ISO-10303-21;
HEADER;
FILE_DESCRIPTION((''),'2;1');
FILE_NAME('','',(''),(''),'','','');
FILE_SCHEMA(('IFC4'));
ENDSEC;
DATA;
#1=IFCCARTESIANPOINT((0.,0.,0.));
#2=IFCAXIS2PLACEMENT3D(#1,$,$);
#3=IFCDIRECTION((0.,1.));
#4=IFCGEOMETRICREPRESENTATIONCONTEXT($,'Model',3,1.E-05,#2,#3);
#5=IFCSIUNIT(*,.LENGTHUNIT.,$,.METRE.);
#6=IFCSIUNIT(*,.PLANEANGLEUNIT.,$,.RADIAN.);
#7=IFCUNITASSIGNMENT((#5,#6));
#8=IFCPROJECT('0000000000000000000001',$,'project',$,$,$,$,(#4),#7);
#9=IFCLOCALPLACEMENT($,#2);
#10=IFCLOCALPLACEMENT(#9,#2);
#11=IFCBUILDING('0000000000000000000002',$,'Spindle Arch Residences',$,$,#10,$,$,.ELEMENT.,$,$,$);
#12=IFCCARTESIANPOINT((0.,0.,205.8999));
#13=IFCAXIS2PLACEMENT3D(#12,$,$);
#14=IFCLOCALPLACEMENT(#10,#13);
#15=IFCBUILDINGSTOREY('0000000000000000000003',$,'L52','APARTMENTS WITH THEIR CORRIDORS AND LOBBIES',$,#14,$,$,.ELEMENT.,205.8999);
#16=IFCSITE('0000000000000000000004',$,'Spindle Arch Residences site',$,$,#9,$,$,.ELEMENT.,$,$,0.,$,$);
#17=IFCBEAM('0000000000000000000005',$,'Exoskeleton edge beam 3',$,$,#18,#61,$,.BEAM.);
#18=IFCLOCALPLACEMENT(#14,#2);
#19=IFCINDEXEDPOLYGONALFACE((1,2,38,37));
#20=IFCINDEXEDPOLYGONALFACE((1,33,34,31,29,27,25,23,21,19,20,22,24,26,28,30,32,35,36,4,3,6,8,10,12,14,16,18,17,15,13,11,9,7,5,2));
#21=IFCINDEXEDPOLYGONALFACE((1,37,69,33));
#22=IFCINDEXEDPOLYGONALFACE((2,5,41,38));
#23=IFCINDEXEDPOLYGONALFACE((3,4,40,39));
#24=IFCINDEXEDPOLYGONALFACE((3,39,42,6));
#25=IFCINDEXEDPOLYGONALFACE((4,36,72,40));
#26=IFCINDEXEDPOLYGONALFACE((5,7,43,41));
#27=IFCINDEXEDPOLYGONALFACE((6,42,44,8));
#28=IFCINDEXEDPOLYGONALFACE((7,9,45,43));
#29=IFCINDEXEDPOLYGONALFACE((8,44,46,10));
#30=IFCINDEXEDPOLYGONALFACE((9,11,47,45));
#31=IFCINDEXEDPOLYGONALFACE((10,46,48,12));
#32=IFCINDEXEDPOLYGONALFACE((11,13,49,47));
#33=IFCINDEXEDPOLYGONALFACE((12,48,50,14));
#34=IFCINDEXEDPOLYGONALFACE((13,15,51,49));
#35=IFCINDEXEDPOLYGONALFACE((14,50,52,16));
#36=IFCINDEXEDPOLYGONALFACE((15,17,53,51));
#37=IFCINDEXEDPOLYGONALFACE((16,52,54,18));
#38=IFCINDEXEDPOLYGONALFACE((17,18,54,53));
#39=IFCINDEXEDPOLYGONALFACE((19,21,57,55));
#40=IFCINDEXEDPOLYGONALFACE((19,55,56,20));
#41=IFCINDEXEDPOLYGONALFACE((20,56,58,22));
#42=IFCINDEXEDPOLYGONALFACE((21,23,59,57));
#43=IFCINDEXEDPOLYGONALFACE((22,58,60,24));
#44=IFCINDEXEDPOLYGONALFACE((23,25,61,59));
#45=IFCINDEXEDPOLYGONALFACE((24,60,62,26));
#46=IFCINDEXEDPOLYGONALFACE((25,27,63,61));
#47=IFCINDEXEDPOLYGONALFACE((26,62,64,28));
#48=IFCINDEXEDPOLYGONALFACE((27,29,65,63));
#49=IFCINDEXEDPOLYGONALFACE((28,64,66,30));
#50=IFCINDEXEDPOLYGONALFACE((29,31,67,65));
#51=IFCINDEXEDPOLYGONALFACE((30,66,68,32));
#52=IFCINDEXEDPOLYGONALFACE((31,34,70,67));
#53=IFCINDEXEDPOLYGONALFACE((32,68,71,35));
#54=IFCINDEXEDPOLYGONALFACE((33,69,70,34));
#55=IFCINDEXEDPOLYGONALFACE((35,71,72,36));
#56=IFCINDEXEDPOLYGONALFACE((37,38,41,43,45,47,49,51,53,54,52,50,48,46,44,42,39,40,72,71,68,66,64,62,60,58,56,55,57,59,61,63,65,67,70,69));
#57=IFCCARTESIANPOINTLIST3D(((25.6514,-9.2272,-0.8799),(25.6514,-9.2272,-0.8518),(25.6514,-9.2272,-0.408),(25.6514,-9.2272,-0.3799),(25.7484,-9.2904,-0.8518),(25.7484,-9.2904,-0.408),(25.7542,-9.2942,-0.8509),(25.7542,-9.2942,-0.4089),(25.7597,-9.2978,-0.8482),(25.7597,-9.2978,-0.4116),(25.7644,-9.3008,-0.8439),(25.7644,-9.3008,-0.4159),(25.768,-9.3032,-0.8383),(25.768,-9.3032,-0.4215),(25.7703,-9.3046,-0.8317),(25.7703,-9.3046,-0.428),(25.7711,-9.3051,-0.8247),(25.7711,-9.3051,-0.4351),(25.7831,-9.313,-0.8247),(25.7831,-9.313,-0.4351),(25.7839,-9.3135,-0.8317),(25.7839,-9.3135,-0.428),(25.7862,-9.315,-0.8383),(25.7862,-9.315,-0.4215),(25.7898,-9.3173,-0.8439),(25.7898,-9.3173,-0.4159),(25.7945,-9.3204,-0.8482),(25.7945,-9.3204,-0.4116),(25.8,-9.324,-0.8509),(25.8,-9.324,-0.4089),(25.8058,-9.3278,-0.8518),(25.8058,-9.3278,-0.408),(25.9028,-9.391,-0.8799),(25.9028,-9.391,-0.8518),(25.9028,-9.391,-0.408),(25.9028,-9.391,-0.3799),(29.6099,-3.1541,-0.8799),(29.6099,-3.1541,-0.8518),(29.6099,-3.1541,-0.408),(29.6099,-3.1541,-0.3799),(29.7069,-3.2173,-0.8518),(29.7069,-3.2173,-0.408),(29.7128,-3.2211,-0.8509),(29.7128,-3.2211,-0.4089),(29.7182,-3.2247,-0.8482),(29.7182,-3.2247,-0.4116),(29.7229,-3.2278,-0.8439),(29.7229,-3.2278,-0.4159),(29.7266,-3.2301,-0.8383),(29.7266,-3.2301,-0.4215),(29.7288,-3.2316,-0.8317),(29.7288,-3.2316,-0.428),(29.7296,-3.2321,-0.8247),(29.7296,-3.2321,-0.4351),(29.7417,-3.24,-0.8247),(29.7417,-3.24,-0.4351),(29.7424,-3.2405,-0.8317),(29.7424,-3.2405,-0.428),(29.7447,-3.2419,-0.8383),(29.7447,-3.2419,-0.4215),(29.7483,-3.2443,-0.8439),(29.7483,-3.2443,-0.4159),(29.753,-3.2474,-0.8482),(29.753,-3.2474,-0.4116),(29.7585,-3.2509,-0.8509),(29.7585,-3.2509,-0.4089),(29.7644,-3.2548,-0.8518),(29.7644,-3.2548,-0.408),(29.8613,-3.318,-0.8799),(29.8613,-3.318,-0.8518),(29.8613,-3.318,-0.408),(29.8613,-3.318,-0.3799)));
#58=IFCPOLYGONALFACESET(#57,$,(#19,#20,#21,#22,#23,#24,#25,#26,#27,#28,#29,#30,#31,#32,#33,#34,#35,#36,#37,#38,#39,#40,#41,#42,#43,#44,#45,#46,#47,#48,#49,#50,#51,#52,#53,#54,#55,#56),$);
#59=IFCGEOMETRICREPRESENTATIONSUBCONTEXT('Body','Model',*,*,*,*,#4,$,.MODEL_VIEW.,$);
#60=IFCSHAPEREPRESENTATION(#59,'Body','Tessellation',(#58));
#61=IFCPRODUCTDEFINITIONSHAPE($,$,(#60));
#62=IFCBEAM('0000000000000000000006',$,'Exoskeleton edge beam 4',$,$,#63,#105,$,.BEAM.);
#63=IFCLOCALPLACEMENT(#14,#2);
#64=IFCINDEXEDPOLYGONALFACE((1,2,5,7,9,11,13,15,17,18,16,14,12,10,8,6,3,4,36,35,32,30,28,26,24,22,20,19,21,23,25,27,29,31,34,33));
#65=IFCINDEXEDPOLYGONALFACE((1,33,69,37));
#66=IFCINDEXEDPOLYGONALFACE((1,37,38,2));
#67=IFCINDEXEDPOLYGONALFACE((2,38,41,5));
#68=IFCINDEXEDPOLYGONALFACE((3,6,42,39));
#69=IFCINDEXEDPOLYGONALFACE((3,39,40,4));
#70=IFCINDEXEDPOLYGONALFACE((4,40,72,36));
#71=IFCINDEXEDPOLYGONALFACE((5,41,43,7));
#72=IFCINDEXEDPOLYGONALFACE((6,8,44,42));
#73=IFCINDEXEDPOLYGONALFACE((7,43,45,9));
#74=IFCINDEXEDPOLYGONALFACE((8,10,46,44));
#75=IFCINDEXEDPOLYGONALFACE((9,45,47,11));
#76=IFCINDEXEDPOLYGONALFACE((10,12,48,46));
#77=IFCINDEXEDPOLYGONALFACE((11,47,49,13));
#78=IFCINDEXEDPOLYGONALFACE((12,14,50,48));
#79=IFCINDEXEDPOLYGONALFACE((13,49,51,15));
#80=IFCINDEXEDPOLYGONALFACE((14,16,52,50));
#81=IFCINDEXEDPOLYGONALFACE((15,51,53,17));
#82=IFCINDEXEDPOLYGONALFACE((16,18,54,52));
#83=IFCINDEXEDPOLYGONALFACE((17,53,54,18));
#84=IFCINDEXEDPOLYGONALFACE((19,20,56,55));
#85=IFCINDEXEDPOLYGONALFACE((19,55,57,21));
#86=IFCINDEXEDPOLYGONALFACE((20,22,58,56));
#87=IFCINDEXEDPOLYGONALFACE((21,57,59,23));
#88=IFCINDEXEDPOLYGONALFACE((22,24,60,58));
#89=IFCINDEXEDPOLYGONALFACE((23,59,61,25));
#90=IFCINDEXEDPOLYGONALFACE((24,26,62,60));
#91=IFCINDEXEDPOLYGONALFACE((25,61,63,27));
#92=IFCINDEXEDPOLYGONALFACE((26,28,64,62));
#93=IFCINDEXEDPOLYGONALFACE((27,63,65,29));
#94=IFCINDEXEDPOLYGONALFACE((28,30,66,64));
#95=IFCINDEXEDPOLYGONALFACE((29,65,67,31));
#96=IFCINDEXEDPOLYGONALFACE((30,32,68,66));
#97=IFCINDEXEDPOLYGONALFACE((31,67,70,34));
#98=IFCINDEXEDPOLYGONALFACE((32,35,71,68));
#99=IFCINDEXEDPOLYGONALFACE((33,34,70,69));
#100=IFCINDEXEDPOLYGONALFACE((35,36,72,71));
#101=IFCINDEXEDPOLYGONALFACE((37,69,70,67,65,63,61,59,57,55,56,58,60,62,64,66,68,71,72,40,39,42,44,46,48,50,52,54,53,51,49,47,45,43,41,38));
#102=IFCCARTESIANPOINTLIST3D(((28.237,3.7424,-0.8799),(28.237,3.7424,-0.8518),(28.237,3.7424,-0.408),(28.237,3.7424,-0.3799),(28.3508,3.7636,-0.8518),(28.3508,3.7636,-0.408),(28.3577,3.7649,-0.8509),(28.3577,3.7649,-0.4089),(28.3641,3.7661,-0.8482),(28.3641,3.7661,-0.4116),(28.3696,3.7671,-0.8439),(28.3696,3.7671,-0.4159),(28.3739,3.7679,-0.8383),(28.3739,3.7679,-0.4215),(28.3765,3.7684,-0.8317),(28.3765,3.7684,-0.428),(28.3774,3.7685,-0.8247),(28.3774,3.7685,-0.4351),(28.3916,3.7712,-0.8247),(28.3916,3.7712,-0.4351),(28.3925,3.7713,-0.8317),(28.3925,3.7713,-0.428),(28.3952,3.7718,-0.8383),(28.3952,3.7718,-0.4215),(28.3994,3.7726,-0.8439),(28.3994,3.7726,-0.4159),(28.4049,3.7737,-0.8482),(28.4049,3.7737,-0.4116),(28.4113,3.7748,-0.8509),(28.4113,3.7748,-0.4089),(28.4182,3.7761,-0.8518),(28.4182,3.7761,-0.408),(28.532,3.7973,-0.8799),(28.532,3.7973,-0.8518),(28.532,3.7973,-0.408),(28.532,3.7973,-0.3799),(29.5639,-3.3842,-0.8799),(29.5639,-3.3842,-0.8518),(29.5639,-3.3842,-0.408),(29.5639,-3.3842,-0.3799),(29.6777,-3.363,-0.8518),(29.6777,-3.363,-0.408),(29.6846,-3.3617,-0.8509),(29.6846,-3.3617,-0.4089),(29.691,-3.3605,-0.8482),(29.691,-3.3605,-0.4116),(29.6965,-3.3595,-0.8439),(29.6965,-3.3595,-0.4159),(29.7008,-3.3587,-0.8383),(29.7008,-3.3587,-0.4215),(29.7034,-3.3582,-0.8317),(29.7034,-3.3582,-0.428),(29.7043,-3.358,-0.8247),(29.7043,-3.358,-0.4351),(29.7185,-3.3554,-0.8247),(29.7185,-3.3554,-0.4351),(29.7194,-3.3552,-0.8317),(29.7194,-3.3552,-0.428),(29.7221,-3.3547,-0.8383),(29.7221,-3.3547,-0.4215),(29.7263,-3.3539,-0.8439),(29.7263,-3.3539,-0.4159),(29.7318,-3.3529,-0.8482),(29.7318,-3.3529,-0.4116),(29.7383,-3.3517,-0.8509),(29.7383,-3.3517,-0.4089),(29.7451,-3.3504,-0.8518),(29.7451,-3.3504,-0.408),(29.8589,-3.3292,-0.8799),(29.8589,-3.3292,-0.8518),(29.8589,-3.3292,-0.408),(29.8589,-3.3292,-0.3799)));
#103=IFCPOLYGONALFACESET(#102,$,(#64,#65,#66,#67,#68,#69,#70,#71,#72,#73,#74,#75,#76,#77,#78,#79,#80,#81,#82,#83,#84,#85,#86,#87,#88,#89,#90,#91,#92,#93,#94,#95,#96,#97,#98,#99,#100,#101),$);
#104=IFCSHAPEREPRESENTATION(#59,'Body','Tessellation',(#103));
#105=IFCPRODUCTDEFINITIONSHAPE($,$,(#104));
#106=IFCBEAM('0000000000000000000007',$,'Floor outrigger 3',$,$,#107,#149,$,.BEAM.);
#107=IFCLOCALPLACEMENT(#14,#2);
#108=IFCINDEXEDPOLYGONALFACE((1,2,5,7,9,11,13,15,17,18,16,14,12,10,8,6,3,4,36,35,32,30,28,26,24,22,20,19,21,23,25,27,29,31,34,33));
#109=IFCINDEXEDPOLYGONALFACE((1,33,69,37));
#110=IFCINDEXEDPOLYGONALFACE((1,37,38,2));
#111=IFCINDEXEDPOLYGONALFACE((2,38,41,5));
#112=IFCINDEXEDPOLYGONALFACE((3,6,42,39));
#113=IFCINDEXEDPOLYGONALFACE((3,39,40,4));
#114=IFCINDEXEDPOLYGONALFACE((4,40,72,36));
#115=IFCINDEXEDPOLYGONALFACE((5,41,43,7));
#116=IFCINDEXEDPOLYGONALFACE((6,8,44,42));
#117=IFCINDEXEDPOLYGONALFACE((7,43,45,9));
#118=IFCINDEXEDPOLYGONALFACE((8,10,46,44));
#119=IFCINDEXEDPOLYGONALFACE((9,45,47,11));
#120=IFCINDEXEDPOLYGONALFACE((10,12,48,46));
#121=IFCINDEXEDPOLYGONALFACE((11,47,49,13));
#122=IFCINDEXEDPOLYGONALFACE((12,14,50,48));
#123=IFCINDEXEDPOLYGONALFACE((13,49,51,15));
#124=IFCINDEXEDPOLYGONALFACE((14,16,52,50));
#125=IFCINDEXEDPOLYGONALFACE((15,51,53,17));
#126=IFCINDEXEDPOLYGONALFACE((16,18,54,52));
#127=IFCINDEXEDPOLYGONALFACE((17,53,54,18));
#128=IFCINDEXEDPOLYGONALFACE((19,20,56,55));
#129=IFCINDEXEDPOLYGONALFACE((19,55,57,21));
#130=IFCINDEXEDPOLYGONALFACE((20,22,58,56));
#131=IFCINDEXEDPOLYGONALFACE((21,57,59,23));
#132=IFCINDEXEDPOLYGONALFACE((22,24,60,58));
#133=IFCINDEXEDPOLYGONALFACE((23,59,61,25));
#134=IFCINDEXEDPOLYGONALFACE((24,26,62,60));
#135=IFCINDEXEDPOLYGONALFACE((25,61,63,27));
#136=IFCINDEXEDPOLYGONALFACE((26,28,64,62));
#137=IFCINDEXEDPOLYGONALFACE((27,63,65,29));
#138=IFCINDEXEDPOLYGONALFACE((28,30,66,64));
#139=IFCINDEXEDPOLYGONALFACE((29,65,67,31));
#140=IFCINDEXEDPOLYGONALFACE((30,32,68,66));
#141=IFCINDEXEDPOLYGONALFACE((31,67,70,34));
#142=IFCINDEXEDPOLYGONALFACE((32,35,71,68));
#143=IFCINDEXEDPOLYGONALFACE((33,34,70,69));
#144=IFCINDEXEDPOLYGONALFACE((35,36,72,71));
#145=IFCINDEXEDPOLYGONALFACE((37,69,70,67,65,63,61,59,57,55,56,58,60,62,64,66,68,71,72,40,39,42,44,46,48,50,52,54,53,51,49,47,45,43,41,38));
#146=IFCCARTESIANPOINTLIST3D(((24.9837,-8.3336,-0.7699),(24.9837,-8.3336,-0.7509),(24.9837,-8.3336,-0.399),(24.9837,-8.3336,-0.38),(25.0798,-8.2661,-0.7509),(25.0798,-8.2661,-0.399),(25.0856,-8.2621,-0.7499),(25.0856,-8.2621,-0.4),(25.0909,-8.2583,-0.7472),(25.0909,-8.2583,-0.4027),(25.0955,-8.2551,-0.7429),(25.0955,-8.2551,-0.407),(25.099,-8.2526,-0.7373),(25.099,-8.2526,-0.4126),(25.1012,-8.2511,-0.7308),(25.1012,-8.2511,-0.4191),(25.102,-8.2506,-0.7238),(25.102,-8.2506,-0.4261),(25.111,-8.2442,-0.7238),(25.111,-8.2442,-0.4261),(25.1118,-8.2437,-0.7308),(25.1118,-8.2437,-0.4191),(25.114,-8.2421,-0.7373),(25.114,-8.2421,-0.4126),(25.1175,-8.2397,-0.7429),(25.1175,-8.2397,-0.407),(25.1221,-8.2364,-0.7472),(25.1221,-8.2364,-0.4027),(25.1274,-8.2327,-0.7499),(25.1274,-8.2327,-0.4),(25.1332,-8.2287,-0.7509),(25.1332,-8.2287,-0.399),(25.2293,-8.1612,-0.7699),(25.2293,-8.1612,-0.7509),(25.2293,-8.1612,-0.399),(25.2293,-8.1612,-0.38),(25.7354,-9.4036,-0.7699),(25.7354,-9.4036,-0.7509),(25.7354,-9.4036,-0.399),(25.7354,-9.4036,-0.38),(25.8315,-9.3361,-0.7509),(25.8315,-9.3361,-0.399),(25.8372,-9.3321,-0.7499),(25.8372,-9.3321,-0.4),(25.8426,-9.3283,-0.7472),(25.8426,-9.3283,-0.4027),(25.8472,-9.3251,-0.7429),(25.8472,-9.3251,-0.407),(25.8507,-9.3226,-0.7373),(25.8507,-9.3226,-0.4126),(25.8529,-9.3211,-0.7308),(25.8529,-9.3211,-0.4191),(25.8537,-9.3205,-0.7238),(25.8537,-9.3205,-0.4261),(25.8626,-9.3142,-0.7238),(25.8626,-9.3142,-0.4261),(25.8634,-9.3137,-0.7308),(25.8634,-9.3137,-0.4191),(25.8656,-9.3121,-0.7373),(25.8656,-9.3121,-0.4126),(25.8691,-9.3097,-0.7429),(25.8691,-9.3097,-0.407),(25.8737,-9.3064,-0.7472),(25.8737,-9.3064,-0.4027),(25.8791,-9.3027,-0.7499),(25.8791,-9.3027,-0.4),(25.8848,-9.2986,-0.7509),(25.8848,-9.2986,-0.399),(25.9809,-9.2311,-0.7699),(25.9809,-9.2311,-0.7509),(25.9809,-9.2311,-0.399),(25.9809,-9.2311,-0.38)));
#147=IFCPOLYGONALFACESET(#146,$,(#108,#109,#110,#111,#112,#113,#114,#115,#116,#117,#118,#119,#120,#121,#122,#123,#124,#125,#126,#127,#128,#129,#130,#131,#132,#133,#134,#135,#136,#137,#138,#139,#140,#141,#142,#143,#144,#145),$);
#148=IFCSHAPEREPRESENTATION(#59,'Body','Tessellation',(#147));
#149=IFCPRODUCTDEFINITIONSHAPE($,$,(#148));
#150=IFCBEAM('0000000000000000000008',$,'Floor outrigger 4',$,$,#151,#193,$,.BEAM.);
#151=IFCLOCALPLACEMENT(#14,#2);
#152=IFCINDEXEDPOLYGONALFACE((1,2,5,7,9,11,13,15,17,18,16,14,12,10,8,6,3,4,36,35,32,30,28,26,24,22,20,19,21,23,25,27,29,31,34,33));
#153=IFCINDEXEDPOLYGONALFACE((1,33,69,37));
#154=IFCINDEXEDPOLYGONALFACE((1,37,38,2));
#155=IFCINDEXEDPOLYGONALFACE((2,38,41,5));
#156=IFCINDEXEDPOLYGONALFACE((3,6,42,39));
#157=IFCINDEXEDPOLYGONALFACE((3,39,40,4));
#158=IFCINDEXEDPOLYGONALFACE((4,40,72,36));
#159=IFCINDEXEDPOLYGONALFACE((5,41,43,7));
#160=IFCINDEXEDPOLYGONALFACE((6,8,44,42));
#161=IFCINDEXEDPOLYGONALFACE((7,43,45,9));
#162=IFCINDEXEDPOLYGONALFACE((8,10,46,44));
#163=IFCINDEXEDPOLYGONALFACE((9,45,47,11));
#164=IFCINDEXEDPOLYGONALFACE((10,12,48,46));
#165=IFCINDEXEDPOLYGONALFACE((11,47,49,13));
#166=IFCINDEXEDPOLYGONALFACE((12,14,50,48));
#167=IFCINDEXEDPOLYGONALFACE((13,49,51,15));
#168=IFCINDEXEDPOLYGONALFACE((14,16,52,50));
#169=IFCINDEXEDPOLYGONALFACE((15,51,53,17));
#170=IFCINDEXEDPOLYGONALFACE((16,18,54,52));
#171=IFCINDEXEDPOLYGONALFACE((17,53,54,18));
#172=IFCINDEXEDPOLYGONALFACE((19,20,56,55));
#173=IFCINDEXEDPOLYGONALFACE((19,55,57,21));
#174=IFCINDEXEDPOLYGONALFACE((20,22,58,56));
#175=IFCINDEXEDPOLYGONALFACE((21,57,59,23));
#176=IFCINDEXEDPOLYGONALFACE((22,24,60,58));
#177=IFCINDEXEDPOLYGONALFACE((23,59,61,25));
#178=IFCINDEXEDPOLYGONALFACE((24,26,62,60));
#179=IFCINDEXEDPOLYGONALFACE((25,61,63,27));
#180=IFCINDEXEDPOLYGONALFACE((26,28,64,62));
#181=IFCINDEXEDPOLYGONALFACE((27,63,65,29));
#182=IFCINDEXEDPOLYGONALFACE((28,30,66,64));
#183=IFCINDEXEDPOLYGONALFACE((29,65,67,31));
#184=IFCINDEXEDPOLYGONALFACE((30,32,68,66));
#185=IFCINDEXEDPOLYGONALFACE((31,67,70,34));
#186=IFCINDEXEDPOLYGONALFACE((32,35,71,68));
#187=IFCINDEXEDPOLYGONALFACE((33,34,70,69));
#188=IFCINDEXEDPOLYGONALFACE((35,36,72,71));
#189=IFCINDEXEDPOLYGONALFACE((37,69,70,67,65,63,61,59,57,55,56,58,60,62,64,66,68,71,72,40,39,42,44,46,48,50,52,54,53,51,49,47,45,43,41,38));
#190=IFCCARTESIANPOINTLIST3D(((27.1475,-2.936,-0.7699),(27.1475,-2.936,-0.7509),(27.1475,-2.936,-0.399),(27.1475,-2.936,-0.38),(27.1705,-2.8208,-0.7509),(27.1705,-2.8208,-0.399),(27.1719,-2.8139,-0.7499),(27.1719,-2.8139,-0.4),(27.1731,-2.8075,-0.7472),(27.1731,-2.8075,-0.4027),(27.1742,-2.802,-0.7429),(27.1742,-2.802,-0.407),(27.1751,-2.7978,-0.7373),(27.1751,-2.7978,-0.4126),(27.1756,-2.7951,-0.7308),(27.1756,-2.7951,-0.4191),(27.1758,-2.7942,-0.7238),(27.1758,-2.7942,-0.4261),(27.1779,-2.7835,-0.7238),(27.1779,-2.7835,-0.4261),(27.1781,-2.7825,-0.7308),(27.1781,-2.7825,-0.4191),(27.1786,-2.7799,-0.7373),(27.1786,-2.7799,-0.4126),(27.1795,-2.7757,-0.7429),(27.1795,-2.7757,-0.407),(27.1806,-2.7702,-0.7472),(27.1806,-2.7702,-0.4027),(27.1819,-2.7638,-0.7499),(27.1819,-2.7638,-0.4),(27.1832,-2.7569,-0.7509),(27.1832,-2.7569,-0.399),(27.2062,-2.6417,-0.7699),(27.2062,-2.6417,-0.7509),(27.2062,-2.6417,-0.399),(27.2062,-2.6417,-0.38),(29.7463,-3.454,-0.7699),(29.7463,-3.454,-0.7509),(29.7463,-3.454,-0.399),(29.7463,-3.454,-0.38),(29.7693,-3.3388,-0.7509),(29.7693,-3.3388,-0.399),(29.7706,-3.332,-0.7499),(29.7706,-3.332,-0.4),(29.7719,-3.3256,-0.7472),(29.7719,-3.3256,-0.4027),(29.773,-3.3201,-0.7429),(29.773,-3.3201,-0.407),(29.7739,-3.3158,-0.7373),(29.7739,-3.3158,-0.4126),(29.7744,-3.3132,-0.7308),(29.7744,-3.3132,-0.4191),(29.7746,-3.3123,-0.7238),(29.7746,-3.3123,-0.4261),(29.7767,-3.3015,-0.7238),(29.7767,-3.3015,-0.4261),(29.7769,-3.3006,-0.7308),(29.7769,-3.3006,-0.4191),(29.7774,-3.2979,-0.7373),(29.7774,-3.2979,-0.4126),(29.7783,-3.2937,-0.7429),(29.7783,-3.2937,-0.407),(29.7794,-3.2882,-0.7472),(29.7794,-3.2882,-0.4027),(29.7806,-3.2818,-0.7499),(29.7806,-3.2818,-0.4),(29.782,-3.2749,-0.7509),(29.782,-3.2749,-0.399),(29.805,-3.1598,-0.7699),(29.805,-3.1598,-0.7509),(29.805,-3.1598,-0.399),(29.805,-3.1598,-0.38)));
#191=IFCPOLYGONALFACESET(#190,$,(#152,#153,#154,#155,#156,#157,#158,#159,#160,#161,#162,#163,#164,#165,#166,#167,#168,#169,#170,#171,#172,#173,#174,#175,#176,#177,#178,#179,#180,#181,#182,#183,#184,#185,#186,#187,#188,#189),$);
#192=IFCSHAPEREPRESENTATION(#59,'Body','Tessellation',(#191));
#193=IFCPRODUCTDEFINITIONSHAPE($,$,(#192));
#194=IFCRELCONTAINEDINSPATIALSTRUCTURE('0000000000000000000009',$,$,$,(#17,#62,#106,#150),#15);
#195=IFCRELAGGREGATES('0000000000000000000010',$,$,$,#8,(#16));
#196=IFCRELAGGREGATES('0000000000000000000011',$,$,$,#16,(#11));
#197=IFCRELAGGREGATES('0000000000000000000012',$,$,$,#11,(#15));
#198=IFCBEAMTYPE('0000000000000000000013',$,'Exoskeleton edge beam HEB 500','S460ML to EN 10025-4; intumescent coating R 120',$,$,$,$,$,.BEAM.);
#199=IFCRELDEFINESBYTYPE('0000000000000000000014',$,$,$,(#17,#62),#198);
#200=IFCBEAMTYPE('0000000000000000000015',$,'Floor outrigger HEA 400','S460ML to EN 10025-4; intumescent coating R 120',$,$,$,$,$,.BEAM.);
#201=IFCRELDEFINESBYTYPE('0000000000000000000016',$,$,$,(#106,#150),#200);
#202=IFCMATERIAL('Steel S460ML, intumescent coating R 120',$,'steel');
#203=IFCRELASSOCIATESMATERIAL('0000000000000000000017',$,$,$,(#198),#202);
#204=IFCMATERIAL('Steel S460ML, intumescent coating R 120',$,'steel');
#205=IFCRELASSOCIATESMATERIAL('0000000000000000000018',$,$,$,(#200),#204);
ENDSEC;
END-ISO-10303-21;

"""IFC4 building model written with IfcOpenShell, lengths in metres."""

from ifc_helpers import new_model, si_unit, direction, frame, origin, origin_2d, place, context, subcontext, project, spatial, i_section, extrude, material, material_profile, profile_set, type_object, element, save


model = new_model("IFC4")

# Units and contexts
model_context = context("Model", 3, precision=1e-05, world=origin(), true_north=direction((0.0, 1.0)))
body_context = subcontext(model_context, "Body", "Model", "MODEL_VIEW")
ifc_project = project(units=[si_unit("LENGTHUNIT", "METRE"), si_unit("PLANEANGLEUNIT", "RADIAN")], contexts=[model_context])

# Site, building, storey
site_placement = place(None, origin())
site = spatial("IfcSite", under=ifc_project, at=site_placement, Name="Spindle Arch Residences site", CompositionType="ELEMENT", RefElevation=0.0)
building_placement = place(site_placement, origin())
building = spatial("IfcBuilding", under=site, at=building_placement, Name="Spindle Arch Residences", CompositionType="ELEMENT")
storey_placement = place(building_placement, frame((0.0, 0.0, 205.8999)))
storey = spatial("IfcBuildingStorey", under=building, at=storey_placement, Name="L52", Description="APARTMENTS WITH THEIR CORRIDORS AND LOBBIES", CompositionType="ELEMENT", Elevation=205.8999)

# Beams
ifc_material_1 = material(Name="Steel S460ML, intumescent coating R 120", Category="steel")
ifc_material_profile_1 = material_profile(ifc_material_1, i_section(OverallWidth=0.3, OverallDepth=0.5, WebThickness=0.0144, FlangeThickness=0.0281, FilletRadius=0.0271, at=origin_2d()), Name="HEB 500")
ifc_profile_set_1 = profile_set([ifc_material_profile_1], Name="Steel S460ML, intumescent coating R 120")
beam_type_1 = type_object("IfcBeamType", Name="Exoskeleton edge beam HEB 500", Description="S460ML to EN 10025-4; intumescent coating R 120", PredefinedType="BEAM", material=ifc_profile_set_1)
beam_1_placement = place(storey_placement, frame((25.7771, -9.3091, -0.6299), z_axis=(0.546059, 0.837747, 0.0), x_axis=(-0.837747, 0.546059, 0.0)))
element("IfcBeam", 1, at=beam_1_placement, inside=storey, type_object=beam_type_1, Name="Exoskeleton edge beam 3", PredefinedType="BEAM", context=body_context, shape_type="SweptSolid", body=[
    extrude(i_section(OverallWidth=0.3, OverallDepth=0.5, WebThickness=0.0144, FlangeThickness=0.0281, FilletRadius=0.0271, at=origin_2d()), origin(), (0.0, 0.0, 1.0), 7.2493),
])
beam_2_placement = place(storey_placement, frame((29.7114, -3.3567, -0.6299), z_axis=(-0.183048, 0.983104, 0.0), x_axis=(-0.983104, -0.183048, 0.0)))
element("IfcBeam", 2, at=beam_2_placement, inside=storey, type_object=beam_type_1, Name="Exoskeleton edge beam 4", PredefinedType="BEAM", context=body_context, shape_type="SweptSolid", body=[
    extrude(i_section(OverallWidth=0.3, OverallDepth=0.5, WebThickness=0.0144, FlangeThickness=0.0281, FilletRadius=0.0271, at=origin_2d()), origin(), (0.0, 0.0, 1.0), 7.249),
])
ifc_material_2 = material(Name="Steel S460ML, intumescent coating R 120", Category="steel")
ifc_material_profile_2 = material_profile(ifc_material_2, i_section(OverallWidth=0.3, OverallDepth=0.3899, WebThickness=0.011, FlangeThickness=0.019, FilletRadius=0.0271, at=origin_2d()), Name="HEA 400")
ifc_profile_set_2 = profile_set([ifc_material_profile_2], Name="Steel S460ML, intumescent coating R 120")
beam_type_2 = type_object("IfcBeamType", Name="Floor outrigger HEA 400", Description="S460ML to EN 10025-4; intumescent coating R 120", PredefinedType="BEAM", material=ifc_profile_set_2)
beam_3_placement = place(storey_placement, frame((25.8582, -9.3174, -0.575), z_axis=(-0.574827, 0.818275, 0.0), x_axis=(-0.818275, -0.574827, 0.0)))
element("IfcBeam", 3, at=beam_3_placement, inside=storey, type_object=beam_type_2, Name="Floor outrigger 3", PredefinedType="BEAM", context=body_context, shape_type="SweptSolid", body=[
    extrude(i_section(OverallWidth=0.3, OverallDepth=0.3899, WebThickness=0.011, FlangeThickness=0.019, FilletRadius=0.0271, at=origin_2d()), origin(), (0.0, 0.0, 1.0), 1.3076),
])
beam_4_placement = place(storey_placement, frame((29.7756, -3.3069, -0.575), z_axis=(-0.980704, 0.195496, 0.0), x_axis=(-0.195496, -0.980704, 0.0)))
element("IfcBeam", 4, at=beam_4_placement, inside=storey, type_object=beam_type_2, Name="Floor outrigger 4", PredefinedType="BEAM", context=body_context, shape_type="SweptSolid", body=[
    extrude(i_section(OverallWidth=0.3, OverallDepth=0.3899, WebThickness=0.011, FlangeThickness=0.019, FilletRadius=0.0271, at=origin_2d()), origin(), (0.0, 0.0, 1.0), 2.6499),
])

save(model, "model.ifc")
